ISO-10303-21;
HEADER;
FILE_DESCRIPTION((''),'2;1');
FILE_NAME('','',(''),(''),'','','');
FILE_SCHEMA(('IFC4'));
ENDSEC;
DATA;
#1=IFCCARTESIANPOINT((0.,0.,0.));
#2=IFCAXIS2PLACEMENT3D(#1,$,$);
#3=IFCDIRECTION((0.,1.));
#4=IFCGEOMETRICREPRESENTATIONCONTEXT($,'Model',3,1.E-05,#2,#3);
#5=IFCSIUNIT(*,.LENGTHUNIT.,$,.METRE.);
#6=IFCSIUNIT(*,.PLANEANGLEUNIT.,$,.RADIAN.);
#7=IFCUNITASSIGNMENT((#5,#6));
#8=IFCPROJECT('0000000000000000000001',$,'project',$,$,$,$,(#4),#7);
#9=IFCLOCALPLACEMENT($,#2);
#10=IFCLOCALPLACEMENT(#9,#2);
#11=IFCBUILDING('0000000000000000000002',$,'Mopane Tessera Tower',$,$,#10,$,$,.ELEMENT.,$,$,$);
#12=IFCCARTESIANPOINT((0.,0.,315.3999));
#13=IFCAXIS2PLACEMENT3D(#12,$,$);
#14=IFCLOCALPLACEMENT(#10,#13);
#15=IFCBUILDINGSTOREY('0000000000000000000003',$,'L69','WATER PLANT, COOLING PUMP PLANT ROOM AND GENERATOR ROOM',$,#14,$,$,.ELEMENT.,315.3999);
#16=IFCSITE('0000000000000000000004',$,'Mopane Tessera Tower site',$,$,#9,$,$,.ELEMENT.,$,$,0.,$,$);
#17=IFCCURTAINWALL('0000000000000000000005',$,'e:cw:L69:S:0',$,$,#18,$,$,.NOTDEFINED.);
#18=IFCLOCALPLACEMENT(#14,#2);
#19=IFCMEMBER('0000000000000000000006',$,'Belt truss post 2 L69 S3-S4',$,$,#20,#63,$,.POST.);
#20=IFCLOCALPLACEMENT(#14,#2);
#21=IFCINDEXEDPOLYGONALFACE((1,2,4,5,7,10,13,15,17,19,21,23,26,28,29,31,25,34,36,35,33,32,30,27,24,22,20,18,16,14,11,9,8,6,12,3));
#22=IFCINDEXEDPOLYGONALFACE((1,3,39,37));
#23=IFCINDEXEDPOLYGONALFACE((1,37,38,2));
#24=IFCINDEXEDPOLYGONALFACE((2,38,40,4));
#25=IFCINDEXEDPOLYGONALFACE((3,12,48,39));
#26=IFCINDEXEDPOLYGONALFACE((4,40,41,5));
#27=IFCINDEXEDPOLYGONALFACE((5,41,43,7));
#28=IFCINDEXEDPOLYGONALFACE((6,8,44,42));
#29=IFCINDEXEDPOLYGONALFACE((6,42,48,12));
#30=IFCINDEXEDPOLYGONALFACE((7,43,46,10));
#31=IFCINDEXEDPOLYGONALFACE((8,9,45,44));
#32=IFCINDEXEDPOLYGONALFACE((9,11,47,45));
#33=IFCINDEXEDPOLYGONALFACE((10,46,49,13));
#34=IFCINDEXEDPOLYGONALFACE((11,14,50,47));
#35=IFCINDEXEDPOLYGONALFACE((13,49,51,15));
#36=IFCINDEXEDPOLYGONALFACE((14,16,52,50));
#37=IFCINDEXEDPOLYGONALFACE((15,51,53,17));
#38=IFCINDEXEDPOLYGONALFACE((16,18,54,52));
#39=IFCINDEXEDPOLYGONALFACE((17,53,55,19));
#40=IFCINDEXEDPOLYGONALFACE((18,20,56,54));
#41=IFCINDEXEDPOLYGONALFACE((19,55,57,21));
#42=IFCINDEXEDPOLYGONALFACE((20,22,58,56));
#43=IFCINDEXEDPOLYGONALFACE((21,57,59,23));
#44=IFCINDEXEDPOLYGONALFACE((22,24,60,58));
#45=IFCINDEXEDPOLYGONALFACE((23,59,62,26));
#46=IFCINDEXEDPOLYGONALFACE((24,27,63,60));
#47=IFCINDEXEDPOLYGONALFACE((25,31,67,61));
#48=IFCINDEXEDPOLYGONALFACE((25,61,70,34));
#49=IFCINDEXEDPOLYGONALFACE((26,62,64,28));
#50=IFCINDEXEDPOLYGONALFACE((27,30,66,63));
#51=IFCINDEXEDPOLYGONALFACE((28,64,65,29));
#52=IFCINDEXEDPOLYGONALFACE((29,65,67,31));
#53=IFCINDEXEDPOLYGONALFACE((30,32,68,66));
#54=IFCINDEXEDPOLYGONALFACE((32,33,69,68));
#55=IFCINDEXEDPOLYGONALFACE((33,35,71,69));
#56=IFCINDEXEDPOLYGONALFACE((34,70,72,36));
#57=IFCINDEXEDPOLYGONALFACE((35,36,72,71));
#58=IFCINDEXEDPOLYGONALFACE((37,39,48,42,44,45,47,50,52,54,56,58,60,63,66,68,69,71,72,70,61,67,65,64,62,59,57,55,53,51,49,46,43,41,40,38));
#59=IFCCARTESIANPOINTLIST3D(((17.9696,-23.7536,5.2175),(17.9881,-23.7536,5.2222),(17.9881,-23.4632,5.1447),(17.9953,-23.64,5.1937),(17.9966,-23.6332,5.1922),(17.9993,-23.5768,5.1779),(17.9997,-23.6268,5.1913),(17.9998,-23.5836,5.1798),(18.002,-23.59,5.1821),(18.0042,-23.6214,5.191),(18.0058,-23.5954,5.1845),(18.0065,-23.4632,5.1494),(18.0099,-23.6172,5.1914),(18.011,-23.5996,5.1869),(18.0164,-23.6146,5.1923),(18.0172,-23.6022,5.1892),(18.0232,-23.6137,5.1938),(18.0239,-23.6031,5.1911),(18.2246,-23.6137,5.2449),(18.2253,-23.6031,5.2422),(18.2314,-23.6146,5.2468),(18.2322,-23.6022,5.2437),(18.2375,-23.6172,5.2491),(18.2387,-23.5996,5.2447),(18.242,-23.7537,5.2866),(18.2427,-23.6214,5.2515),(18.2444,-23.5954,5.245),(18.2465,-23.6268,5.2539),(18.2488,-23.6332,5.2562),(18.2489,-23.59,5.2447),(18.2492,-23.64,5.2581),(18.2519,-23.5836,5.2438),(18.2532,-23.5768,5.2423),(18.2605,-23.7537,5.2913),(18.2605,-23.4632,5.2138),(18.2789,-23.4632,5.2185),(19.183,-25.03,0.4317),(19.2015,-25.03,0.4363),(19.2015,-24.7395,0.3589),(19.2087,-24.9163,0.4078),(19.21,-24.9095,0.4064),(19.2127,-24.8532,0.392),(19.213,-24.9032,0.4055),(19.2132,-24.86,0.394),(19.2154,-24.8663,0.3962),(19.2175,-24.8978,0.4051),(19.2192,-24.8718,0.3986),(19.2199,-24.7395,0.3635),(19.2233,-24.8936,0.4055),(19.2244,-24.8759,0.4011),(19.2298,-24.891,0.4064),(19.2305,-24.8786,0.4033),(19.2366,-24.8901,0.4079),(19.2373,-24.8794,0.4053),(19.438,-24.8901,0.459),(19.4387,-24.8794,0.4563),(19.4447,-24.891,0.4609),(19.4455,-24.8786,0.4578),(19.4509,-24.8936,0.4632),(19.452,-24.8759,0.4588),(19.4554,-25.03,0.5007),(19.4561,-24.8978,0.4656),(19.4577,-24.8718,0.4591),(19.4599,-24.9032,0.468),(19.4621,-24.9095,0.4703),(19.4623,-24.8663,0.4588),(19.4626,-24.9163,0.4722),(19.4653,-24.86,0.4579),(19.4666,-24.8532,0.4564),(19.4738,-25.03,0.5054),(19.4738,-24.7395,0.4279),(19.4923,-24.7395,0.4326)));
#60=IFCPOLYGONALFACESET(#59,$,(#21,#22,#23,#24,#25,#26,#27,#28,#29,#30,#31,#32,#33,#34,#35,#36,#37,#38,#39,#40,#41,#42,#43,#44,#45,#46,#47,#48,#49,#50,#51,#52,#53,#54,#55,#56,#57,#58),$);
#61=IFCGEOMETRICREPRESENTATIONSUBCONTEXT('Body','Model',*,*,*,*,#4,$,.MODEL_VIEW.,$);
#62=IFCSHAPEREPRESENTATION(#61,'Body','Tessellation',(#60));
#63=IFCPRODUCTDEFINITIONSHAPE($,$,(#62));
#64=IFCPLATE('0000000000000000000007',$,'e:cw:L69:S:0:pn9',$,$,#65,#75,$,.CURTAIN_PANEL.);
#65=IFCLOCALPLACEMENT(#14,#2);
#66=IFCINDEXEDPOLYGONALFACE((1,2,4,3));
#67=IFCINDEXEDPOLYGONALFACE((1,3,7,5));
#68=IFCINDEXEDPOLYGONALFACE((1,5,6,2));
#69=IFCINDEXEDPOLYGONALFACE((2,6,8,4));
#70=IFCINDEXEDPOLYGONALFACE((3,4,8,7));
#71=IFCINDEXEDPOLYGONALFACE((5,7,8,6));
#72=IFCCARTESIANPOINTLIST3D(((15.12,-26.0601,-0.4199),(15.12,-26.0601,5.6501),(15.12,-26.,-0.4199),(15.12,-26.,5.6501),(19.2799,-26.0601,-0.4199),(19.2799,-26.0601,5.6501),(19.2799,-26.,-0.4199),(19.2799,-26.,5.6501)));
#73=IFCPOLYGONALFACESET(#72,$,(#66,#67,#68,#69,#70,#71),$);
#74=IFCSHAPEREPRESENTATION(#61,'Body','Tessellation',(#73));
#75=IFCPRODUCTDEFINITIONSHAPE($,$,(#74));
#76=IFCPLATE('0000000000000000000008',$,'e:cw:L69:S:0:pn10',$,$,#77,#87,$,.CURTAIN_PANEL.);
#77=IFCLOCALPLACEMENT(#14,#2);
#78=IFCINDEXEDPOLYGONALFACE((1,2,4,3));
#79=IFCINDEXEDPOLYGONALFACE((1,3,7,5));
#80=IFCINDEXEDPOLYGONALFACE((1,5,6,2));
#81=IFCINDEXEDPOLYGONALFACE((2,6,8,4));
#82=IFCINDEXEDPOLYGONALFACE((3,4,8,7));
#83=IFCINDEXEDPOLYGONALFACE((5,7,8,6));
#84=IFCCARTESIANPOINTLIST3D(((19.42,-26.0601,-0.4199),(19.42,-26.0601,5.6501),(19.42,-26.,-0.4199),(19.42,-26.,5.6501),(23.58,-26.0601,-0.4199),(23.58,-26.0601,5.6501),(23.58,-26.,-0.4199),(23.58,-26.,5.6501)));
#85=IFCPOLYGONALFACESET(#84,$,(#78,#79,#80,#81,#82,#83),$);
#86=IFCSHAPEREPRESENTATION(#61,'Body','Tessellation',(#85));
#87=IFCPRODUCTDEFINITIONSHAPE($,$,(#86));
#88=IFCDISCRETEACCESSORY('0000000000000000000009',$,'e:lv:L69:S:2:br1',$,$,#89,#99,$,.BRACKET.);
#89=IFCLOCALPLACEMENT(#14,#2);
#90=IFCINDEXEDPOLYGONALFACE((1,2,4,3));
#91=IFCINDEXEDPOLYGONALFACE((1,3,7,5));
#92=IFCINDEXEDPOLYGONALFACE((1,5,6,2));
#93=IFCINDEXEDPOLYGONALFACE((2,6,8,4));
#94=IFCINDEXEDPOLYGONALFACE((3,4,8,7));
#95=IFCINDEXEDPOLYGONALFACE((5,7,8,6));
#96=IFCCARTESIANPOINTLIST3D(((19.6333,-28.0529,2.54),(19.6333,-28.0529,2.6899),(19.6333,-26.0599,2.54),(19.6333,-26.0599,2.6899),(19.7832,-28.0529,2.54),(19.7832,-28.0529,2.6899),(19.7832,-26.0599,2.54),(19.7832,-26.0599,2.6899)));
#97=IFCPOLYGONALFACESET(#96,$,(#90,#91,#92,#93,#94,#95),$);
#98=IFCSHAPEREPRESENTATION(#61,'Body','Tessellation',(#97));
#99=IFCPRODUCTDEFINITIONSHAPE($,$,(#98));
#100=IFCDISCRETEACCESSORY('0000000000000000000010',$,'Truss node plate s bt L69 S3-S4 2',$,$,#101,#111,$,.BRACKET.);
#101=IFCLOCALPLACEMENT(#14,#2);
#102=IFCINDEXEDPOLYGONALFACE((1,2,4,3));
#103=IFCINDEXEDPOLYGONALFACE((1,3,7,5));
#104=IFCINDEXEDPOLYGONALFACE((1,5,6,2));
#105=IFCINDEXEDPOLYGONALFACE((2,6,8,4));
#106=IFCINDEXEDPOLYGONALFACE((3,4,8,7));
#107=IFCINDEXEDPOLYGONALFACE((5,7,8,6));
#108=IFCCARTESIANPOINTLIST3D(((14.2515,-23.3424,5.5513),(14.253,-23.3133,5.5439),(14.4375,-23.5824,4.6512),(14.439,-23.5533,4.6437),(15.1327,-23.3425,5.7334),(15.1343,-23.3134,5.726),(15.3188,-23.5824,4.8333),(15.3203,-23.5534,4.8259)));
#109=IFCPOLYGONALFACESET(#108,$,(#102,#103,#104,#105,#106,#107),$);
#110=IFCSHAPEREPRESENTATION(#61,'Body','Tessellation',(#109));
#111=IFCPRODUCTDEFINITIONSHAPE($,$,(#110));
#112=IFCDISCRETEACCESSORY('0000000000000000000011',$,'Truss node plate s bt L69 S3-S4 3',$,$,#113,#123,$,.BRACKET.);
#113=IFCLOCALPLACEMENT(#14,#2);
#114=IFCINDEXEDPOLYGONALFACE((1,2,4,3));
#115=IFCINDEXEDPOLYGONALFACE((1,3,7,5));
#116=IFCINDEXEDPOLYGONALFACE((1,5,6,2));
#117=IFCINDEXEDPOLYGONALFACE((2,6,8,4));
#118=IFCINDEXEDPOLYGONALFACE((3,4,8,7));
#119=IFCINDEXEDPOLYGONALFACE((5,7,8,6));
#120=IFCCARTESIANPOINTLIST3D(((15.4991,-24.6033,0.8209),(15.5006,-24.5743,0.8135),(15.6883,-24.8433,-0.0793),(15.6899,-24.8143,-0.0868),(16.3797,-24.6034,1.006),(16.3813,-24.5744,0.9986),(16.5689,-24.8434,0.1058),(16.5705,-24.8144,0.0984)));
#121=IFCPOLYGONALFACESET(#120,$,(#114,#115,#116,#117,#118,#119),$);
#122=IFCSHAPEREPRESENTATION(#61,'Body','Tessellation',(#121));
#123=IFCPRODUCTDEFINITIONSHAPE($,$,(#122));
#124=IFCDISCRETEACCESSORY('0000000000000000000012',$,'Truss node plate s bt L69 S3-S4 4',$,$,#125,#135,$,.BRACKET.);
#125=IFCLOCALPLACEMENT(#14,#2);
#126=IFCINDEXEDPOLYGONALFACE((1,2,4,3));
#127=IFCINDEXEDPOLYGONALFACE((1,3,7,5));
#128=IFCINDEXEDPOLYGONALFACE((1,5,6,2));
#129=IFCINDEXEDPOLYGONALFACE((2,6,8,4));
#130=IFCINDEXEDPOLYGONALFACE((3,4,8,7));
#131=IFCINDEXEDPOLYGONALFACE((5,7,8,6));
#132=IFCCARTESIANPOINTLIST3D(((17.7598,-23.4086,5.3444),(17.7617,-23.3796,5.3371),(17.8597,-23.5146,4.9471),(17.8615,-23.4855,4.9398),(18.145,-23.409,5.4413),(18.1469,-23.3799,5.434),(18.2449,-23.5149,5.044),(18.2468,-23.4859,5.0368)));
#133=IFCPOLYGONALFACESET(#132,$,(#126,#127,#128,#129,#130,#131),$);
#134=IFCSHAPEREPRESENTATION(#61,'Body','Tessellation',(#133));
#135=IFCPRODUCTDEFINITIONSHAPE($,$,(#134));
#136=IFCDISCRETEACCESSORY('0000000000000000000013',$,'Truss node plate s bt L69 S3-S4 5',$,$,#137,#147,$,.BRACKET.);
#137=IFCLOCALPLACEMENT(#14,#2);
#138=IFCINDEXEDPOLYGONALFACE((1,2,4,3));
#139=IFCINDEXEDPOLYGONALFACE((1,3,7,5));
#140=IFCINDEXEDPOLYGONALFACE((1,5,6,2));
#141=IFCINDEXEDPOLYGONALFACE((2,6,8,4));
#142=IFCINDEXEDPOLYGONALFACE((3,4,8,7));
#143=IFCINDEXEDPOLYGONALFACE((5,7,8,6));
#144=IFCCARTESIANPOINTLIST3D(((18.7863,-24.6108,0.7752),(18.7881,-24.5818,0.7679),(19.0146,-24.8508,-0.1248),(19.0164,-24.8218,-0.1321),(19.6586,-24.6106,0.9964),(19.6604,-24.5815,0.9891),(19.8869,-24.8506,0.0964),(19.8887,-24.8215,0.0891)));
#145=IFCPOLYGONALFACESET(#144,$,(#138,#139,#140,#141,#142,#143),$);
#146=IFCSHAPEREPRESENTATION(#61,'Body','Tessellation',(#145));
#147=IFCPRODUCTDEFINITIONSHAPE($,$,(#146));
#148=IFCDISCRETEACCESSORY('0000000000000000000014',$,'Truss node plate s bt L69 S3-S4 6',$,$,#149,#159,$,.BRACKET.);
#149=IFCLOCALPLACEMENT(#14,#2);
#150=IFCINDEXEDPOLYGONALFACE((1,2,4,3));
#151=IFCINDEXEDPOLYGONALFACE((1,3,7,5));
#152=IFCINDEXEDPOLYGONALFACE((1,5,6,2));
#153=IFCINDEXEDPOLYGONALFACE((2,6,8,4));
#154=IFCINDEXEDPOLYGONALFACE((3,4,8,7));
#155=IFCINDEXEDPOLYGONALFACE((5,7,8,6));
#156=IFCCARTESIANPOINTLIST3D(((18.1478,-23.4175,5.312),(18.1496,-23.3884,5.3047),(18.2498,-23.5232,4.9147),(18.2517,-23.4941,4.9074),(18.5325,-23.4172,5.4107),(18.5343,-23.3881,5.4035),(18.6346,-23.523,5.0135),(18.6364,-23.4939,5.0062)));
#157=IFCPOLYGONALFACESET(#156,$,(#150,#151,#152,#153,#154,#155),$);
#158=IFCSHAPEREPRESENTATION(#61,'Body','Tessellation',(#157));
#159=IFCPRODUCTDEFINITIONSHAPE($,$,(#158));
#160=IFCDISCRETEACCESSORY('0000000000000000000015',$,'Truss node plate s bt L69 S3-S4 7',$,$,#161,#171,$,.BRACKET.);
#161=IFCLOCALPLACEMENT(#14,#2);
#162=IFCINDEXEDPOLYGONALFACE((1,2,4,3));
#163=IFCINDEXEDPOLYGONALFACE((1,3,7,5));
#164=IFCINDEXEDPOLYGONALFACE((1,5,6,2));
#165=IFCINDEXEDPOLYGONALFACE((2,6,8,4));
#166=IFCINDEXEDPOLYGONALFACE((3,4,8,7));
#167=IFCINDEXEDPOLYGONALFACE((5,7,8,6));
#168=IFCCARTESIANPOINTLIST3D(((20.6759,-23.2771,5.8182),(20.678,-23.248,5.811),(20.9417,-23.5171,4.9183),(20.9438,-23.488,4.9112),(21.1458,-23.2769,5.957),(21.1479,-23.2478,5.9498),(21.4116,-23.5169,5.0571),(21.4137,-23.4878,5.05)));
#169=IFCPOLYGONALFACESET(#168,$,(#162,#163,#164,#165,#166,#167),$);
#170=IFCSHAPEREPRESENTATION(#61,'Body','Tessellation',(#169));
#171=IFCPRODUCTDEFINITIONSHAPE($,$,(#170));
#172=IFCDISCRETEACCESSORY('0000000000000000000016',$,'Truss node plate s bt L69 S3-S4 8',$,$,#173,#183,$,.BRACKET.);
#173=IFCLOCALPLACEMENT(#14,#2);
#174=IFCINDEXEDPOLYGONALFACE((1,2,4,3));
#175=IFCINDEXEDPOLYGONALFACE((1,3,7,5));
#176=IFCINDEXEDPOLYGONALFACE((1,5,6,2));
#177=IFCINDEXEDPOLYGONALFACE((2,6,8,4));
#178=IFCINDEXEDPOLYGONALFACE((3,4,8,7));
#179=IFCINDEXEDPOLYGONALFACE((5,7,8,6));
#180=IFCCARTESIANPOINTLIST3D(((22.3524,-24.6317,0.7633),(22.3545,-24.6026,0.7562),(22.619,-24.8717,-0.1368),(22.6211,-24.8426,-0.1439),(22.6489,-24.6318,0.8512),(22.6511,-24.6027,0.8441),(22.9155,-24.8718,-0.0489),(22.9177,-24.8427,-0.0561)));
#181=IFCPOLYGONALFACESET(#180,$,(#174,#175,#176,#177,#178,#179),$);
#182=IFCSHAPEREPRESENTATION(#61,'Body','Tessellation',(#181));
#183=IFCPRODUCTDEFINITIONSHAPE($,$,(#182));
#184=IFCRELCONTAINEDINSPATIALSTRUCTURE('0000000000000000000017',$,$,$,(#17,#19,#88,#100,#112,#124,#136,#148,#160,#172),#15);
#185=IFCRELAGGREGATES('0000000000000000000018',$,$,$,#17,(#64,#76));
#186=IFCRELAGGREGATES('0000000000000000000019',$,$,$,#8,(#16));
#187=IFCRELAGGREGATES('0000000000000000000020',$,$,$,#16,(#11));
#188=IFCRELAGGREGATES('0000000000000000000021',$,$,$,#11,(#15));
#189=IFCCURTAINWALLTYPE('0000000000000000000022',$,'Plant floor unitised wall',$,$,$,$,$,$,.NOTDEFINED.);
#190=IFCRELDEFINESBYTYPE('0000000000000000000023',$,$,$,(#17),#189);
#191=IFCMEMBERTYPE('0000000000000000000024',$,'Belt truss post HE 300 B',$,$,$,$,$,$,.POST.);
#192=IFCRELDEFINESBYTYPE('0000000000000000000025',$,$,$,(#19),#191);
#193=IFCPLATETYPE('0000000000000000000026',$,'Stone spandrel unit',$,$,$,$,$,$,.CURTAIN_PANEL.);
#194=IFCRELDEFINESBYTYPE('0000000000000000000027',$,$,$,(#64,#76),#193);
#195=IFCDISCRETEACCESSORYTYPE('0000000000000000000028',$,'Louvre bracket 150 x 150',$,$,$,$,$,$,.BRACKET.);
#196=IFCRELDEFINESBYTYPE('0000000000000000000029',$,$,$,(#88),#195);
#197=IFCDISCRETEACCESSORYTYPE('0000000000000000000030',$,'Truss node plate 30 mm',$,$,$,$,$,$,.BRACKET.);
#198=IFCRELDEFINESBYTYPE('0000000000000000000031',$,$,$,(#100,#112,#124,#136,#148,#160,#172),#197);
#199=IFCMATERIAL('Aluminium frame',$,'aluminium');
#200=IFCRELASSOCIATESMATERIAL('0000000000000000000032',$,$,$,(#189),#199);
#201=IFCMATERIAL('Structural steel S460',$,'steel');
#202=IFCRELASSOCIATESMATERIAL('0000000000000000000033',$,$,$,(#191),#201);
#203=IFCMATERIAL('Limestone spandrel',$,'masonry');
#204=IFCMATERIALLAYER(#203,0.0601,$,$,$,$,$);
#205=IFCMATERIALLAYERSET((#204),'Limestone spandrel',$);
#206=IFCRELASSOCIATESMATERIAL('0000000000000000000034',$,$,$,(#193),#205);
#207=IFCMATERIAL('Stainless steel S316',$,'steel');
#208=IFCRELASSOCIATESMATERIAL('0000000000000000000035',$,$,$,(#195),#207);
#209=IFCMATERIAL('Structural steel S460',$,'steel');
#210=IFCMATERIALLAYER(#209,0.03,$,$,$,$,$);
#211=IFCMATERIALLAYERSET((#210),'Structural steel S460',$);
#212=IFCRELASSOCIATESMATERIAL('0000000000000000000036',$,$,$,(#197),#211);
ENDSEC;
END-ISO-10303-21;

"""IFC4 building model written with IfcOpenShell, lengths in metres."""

from ifc_helpers import new_model, si_unit, direction, frame, origin, origin_2d, place, context, subcontext, project, spatial, rectangle, i_section, extrude, material, layer, layer_set, material_profile, profile_set, type_object, element, aggregate, save


model = new_model("IFC4")

# Units and contexts
model_context = context("Model", 3, precision=1e-05, world=origin(), true_north=direction((0.0, 1.0)))
body_context = subcontext(model_context, "Body", "Model", "MODEL_VIEW")
ifc_project = project(units=[si_unit("LENGTHUNIT", "METRE"), si_unit("PLANEANGLEUNIT", "RADIAN")], contexts=[model_context])

# Site, building, storey
site_placement = place(None, origin())
site = spatial("IfcSite", under=ifc_project, at=site_placement, Name="Mopane Tessera Tower site", CompositionType="ELEMENT", RefElevation=0.0)
building_placement = place(site_placement, origin())
building = spatial("IfcBuilding", under=site, at=building_placement, Name="Mopane Tessera Tower", CompositionType="ELEMENT")
storey_placement = place(building_placement, frame((0.0, 0.0, 315.3999)))
storey = spatial("IfcBuildingStorey", under=building, at=storey_placement, Name="L69", Description="WATER PLANT, COOLING PUMP PLANT ROOM AND GENERATOR ROOM", CompositionType="ELEMENT", Elevation=315.3999)

# Curtain wall
ifc_material_1 = material(Name="Aluminium frame", Category="aluminium")
curtain_wall_type = type_object("IfcCurtainWallType", Name="Plant floor unitised wall", PredefinedType="NOTDEFINED", material=ifc_material_1)
curtain_wall_placement = place(storey_placement, origin())
curtain_wall = element("IfcCurtainWall", 1, at=curtain_wall_placement, inside=storey, type_object=curtain_wall_type, Name="e:cw:L69:S:0", PredefinedType="NOTDEFINED")

# Member
ifc_material_2 = material(Name="Structural steel S460", Category="steel")
ifc_material_profile_1 = material_profile(ifc_material_2, i_section(OverallWidth=0.3, OverallDepth=0.3, WebThickness=0.011, FlangeThickness=0.019, FilletRadius=0.0271, at=origin_2d()))
ifc_profile_set_1 = profile_set([ifc_material_profile_1], Name="Structural steel S460")
member_type_1 = type_object("IfcMemberType", Name="Belt truss post HE 300 B", PredefinedType="POST", material=ifc_profile_set_1)
member_1_placement = place(storey_placement, frame((19.3376, -24.8848, 0.4321), z_axis=(-0.237935, 0.250287, 0.938479), x_axis=(0.061516, 0.968172, -0.242609)))
element("IfcMember", 2, at=member_1_placement, inside=storey, type_object=member_type_1, Name="Belt truss post 2 L69 S3-S4", PredefinedType="POST", context=body_context, shape_type="SweptSolid", body=[
    extrude(i_section(OverallWidth=0.3, OverallDepth=0.3, WebThickness=0.011, FlangeThickness=0.019, FilletRadius=0.0271, at=origin_2d()), origin(), (0.0, 0.0, 1.0), 5.0996),
])

# Plates
ifc_material_3 = material(Name="Limestone spandrel", Category="masonry")
ifc_layer_1 = layer(ifc_material_3, 0.0601)
ifc_layer_set_1 = layer_set([ifc_layer_1], Name="Limestone spandrel")
plate_type = type_object("IfcPlateType", Name="Stone spandrel unit", PredefinedType="CURTAIN_PANEL", material=ifc_layer_set_1)
plate_1_placement = place(storey_placement, frame((17.2, -26.03, -0.4199), z_axis=(0.0, 0.0, 1.0), x_axis=(1.0, 0.0, 0.0)))
plate_1 = element("IfcPlate", 3, at=plate_1_placement, type_object=plate_type, Name="e:cw:L69:S:0:pn9", PredefinedType="CURTAIN_PANEL", context=body_context, shape_type="SweptSolid", body=[
    extrude(rectangle(XDim=4.1599, YDim=0.0601, at=origin_2d()), origin(), (0.0, 0.0, 1.0), 6.0701),
])
plate_2_placement = place(storey_placement, frame((21.5, -26.03, -0.4199), z_axis=(0.0, 0.0, 1.0), x_axis=(1.0, 0.0, 0.0)))
plate_2 = element("IfcPlate", 4, at=plate_2_placement, type_object=plate_type, Name="e:cw:L69:S:0:pn10", PredefinedType="CURTAIN_PANEL", context=body_context, shape_type="SweptSolid", body=[
    extrude(rectangle(XDim=4.1599, YDim=0.0601, at=origin_2d()), origin(), (0.0, 0.0, 1.0), 6.0701),
])
aggregate(curtain_wall, [plate_1, plate_2])

# Discrete accessories
ifc_material_4 = material(Name="Stainless steel S316", Category="steel")
discrete_accessory_type_1 = type_object("IfcDiscreteAccessoryType", Name="Louvre bracket 150 x 150", PredefinedType="BRACKET", material=ifc_material_4)
discrete_accessory_1_placement = place(storey_placement, frame((19.7083, -27.0564, 2.54), z_axis=(0.0, 0.0, 1.0), x_axis=(0.0, -1.0, 0.0)))
element("IfcDiscreteAccessory", 5, at=discrete_accessory_1_placement, inside=storey, type_object=discrete_accessory_type_1, Name="e:lv:L69:S:2:br1", PredefinedType="BRACKET", context=body_context, shape_type="SweptSolid", body=[
    extrude(rectangle(XDim=1.9929, YDim=0.1499, at=origin_2d()), origin(), (0.0, 0.0, 1.0), 0.1499),
])
ifc_material_5 = material(Name="Structural steel S460", Category="steel")
ifc_layer_2 = layer(ifc_material_5, 0.03)
ifc_layer_set_2 = layer_set([ifc_layer_2], Name="Structural steel S460")
discrete_accessory_type_2 = type_object("IfcDiscreteAccessoryType", Name="Truss node plate 30 mm", PredefinedType="BRACKET", material=ifc_layer_set_2)
discrete_accessory_2_placement = place(storey_placement, frame((14.8789, -23.5679, 4.7385), z_axis=(-0.19583, 0.252626, 0.947539), x_axis=(0.051206, 0.967564, -0.247382)))
element("IfcDiscreteAccessory", 6, at=discrete_accessory_2_placement, inside=storey, type_object=discrete_accessory_type_2, Name="Truss node plate s bt L69 S3-S4 2", PredefinedType="BRACKET", context=body_context, shape_type="SweptSolid", body=[
    extrude(rectangle(XDim=0.03, YDim=0.8999, at=origin_2d()), origin(), (0.0, 0.0, 1.0), 0.95),
])
discrete_accessory_3_placement = place(storey_placement, frame((16.1294, -24.8289, 0.0095), z_axis=(-0.19904, 0.252459, 0.946915), x_axis=(0.052072, 0.967608, -0.247031)))
element("IfcDiscreteAccessory", 7, at=discrete_accessory_3_placement, inside=storey, type_object=discrete_accessory_type_2, Name="Truss node plate s bt L69 S3-S4 3", PredefinedType="BRACKET", context=body_context, shape_type="SweptSolid", body=[
    extrude(rectangle(XDim=0.03, YDim=0.8999, at=origin_2d()), origin(), (0.0, 0.0, 1.0), 0.9507),
])
discrete_accessory_4_placement = place(storey_placement, frame((18.0532, -23.5002, 4.9919), z_axis=(-0.236027, 0.250455, 0.938916), x_axis=(0.061898, 0.968128, -0.242687)))
element("IfcDiscreteAccessory", 8, at=discrete_accessory_4_placement, inside=storey, type_object=discrete_accessory_type_2, Name="Truss node plate s bt L69 S3-S4 4", PredefinedType="BRACKET", context=body_context, shape_type="SweptSolid", body=[
    extrude(rectangle(XDim=0.03, YDim=0.3972, at=origin_2d()), origin(), (0.0, 0.0, 1.0), 0.4231),
])
discrete_accessory_5_placement = place(storey_placement, frame((19.4517, -24.8362, -0.0178), z_axis=(-0.238051, 0.250271, 0.938454), x_axis=(0.061264, 0.968176, -0.242657)))
element("IfcDiscreteAccessory", 9, at=discrete_accessory_5_placement, inside=storey, type_object=discrete_accessory_type_2, Name="Truss node plate s bt L69 S3-S4 5", PredefinedType="BRACKET", context=body_context, shape_type="SweptSolid", body=[
    extrude(rectangle(XDim=0.03, YDim=0.8999, at=origin_2d()), origin(), (0.0, 0.0, 1.0), 0.959),
])
discrete_accessory_6_placement = place(storey_placement, frame((18.4431, -23.5085, 4.9604), z_axis=(-0.240958, 0.249604, 0.93789), x_axis=(0.061466, 0.968348, -0.241919)))
element("IfcDiscreteAccessory", 10, at=discrete_accessory_6_placement, inside=storey, type_object=discrete_accessory_type_2, Name="Truss node plate s bt L69 S3-S4 6", PredefinedType="BRACKET", context=body_context, shape_type="SweptSolid", body=[
    extrude(rectangle(XDim=0.03, YDim=0.3972, at=origin_2d()), origin(), (0.0, 0.0, 1.0), 0.4236),
])
discrete_accessory_7_placement = place(storey_placement, frame((21.1777, -23.5024, 4.9841), z_axis=(-0.2745, 0.247781, 0.929115), x_axis=(0.069904, 0.968816, -0.237716)))
element("IfcDiscreteAccessory", 11, at=discrete_accessory_7_placement, inside=storey, type_object=discrete_accessory_type_2, Name="Truss node plate s bt L69 S3-S4 7", PredefinedType="BRACKET", context=body_context, shape_type="SweptSolid", body=[
    extrude(rectangle(XDim=0.03, YDim=0.49, at=origin_2d()), origin(), (0.0, 0.0, 1.0), 0.9685),
])
discrete_accessory_8_placement = place(storey_placement, frame((22.7683, -24.8572, -0.0964), z_axis=(-0.275134, 0.247671, 0.928956), x_axis=(0.07068, 0.968844, -0.237372)))
element("IfcDiscreteAccessory", 12, at=discrete_accessory_8_placement, inside=storey, type_object=discrete_accessory_type_2, Name="Truss node plate s bt L69 S3-S4 8", PredefinedType="BRACKET", context=body_context, shape_type="SweptSolid", body=[
    extrude(rectangle(XDim=0.03, YDim=0.3093, at=origin_2d()), origin(), (0.0, 0.0, 1.0), 0.969),
])

save(model, "model.ifc")
